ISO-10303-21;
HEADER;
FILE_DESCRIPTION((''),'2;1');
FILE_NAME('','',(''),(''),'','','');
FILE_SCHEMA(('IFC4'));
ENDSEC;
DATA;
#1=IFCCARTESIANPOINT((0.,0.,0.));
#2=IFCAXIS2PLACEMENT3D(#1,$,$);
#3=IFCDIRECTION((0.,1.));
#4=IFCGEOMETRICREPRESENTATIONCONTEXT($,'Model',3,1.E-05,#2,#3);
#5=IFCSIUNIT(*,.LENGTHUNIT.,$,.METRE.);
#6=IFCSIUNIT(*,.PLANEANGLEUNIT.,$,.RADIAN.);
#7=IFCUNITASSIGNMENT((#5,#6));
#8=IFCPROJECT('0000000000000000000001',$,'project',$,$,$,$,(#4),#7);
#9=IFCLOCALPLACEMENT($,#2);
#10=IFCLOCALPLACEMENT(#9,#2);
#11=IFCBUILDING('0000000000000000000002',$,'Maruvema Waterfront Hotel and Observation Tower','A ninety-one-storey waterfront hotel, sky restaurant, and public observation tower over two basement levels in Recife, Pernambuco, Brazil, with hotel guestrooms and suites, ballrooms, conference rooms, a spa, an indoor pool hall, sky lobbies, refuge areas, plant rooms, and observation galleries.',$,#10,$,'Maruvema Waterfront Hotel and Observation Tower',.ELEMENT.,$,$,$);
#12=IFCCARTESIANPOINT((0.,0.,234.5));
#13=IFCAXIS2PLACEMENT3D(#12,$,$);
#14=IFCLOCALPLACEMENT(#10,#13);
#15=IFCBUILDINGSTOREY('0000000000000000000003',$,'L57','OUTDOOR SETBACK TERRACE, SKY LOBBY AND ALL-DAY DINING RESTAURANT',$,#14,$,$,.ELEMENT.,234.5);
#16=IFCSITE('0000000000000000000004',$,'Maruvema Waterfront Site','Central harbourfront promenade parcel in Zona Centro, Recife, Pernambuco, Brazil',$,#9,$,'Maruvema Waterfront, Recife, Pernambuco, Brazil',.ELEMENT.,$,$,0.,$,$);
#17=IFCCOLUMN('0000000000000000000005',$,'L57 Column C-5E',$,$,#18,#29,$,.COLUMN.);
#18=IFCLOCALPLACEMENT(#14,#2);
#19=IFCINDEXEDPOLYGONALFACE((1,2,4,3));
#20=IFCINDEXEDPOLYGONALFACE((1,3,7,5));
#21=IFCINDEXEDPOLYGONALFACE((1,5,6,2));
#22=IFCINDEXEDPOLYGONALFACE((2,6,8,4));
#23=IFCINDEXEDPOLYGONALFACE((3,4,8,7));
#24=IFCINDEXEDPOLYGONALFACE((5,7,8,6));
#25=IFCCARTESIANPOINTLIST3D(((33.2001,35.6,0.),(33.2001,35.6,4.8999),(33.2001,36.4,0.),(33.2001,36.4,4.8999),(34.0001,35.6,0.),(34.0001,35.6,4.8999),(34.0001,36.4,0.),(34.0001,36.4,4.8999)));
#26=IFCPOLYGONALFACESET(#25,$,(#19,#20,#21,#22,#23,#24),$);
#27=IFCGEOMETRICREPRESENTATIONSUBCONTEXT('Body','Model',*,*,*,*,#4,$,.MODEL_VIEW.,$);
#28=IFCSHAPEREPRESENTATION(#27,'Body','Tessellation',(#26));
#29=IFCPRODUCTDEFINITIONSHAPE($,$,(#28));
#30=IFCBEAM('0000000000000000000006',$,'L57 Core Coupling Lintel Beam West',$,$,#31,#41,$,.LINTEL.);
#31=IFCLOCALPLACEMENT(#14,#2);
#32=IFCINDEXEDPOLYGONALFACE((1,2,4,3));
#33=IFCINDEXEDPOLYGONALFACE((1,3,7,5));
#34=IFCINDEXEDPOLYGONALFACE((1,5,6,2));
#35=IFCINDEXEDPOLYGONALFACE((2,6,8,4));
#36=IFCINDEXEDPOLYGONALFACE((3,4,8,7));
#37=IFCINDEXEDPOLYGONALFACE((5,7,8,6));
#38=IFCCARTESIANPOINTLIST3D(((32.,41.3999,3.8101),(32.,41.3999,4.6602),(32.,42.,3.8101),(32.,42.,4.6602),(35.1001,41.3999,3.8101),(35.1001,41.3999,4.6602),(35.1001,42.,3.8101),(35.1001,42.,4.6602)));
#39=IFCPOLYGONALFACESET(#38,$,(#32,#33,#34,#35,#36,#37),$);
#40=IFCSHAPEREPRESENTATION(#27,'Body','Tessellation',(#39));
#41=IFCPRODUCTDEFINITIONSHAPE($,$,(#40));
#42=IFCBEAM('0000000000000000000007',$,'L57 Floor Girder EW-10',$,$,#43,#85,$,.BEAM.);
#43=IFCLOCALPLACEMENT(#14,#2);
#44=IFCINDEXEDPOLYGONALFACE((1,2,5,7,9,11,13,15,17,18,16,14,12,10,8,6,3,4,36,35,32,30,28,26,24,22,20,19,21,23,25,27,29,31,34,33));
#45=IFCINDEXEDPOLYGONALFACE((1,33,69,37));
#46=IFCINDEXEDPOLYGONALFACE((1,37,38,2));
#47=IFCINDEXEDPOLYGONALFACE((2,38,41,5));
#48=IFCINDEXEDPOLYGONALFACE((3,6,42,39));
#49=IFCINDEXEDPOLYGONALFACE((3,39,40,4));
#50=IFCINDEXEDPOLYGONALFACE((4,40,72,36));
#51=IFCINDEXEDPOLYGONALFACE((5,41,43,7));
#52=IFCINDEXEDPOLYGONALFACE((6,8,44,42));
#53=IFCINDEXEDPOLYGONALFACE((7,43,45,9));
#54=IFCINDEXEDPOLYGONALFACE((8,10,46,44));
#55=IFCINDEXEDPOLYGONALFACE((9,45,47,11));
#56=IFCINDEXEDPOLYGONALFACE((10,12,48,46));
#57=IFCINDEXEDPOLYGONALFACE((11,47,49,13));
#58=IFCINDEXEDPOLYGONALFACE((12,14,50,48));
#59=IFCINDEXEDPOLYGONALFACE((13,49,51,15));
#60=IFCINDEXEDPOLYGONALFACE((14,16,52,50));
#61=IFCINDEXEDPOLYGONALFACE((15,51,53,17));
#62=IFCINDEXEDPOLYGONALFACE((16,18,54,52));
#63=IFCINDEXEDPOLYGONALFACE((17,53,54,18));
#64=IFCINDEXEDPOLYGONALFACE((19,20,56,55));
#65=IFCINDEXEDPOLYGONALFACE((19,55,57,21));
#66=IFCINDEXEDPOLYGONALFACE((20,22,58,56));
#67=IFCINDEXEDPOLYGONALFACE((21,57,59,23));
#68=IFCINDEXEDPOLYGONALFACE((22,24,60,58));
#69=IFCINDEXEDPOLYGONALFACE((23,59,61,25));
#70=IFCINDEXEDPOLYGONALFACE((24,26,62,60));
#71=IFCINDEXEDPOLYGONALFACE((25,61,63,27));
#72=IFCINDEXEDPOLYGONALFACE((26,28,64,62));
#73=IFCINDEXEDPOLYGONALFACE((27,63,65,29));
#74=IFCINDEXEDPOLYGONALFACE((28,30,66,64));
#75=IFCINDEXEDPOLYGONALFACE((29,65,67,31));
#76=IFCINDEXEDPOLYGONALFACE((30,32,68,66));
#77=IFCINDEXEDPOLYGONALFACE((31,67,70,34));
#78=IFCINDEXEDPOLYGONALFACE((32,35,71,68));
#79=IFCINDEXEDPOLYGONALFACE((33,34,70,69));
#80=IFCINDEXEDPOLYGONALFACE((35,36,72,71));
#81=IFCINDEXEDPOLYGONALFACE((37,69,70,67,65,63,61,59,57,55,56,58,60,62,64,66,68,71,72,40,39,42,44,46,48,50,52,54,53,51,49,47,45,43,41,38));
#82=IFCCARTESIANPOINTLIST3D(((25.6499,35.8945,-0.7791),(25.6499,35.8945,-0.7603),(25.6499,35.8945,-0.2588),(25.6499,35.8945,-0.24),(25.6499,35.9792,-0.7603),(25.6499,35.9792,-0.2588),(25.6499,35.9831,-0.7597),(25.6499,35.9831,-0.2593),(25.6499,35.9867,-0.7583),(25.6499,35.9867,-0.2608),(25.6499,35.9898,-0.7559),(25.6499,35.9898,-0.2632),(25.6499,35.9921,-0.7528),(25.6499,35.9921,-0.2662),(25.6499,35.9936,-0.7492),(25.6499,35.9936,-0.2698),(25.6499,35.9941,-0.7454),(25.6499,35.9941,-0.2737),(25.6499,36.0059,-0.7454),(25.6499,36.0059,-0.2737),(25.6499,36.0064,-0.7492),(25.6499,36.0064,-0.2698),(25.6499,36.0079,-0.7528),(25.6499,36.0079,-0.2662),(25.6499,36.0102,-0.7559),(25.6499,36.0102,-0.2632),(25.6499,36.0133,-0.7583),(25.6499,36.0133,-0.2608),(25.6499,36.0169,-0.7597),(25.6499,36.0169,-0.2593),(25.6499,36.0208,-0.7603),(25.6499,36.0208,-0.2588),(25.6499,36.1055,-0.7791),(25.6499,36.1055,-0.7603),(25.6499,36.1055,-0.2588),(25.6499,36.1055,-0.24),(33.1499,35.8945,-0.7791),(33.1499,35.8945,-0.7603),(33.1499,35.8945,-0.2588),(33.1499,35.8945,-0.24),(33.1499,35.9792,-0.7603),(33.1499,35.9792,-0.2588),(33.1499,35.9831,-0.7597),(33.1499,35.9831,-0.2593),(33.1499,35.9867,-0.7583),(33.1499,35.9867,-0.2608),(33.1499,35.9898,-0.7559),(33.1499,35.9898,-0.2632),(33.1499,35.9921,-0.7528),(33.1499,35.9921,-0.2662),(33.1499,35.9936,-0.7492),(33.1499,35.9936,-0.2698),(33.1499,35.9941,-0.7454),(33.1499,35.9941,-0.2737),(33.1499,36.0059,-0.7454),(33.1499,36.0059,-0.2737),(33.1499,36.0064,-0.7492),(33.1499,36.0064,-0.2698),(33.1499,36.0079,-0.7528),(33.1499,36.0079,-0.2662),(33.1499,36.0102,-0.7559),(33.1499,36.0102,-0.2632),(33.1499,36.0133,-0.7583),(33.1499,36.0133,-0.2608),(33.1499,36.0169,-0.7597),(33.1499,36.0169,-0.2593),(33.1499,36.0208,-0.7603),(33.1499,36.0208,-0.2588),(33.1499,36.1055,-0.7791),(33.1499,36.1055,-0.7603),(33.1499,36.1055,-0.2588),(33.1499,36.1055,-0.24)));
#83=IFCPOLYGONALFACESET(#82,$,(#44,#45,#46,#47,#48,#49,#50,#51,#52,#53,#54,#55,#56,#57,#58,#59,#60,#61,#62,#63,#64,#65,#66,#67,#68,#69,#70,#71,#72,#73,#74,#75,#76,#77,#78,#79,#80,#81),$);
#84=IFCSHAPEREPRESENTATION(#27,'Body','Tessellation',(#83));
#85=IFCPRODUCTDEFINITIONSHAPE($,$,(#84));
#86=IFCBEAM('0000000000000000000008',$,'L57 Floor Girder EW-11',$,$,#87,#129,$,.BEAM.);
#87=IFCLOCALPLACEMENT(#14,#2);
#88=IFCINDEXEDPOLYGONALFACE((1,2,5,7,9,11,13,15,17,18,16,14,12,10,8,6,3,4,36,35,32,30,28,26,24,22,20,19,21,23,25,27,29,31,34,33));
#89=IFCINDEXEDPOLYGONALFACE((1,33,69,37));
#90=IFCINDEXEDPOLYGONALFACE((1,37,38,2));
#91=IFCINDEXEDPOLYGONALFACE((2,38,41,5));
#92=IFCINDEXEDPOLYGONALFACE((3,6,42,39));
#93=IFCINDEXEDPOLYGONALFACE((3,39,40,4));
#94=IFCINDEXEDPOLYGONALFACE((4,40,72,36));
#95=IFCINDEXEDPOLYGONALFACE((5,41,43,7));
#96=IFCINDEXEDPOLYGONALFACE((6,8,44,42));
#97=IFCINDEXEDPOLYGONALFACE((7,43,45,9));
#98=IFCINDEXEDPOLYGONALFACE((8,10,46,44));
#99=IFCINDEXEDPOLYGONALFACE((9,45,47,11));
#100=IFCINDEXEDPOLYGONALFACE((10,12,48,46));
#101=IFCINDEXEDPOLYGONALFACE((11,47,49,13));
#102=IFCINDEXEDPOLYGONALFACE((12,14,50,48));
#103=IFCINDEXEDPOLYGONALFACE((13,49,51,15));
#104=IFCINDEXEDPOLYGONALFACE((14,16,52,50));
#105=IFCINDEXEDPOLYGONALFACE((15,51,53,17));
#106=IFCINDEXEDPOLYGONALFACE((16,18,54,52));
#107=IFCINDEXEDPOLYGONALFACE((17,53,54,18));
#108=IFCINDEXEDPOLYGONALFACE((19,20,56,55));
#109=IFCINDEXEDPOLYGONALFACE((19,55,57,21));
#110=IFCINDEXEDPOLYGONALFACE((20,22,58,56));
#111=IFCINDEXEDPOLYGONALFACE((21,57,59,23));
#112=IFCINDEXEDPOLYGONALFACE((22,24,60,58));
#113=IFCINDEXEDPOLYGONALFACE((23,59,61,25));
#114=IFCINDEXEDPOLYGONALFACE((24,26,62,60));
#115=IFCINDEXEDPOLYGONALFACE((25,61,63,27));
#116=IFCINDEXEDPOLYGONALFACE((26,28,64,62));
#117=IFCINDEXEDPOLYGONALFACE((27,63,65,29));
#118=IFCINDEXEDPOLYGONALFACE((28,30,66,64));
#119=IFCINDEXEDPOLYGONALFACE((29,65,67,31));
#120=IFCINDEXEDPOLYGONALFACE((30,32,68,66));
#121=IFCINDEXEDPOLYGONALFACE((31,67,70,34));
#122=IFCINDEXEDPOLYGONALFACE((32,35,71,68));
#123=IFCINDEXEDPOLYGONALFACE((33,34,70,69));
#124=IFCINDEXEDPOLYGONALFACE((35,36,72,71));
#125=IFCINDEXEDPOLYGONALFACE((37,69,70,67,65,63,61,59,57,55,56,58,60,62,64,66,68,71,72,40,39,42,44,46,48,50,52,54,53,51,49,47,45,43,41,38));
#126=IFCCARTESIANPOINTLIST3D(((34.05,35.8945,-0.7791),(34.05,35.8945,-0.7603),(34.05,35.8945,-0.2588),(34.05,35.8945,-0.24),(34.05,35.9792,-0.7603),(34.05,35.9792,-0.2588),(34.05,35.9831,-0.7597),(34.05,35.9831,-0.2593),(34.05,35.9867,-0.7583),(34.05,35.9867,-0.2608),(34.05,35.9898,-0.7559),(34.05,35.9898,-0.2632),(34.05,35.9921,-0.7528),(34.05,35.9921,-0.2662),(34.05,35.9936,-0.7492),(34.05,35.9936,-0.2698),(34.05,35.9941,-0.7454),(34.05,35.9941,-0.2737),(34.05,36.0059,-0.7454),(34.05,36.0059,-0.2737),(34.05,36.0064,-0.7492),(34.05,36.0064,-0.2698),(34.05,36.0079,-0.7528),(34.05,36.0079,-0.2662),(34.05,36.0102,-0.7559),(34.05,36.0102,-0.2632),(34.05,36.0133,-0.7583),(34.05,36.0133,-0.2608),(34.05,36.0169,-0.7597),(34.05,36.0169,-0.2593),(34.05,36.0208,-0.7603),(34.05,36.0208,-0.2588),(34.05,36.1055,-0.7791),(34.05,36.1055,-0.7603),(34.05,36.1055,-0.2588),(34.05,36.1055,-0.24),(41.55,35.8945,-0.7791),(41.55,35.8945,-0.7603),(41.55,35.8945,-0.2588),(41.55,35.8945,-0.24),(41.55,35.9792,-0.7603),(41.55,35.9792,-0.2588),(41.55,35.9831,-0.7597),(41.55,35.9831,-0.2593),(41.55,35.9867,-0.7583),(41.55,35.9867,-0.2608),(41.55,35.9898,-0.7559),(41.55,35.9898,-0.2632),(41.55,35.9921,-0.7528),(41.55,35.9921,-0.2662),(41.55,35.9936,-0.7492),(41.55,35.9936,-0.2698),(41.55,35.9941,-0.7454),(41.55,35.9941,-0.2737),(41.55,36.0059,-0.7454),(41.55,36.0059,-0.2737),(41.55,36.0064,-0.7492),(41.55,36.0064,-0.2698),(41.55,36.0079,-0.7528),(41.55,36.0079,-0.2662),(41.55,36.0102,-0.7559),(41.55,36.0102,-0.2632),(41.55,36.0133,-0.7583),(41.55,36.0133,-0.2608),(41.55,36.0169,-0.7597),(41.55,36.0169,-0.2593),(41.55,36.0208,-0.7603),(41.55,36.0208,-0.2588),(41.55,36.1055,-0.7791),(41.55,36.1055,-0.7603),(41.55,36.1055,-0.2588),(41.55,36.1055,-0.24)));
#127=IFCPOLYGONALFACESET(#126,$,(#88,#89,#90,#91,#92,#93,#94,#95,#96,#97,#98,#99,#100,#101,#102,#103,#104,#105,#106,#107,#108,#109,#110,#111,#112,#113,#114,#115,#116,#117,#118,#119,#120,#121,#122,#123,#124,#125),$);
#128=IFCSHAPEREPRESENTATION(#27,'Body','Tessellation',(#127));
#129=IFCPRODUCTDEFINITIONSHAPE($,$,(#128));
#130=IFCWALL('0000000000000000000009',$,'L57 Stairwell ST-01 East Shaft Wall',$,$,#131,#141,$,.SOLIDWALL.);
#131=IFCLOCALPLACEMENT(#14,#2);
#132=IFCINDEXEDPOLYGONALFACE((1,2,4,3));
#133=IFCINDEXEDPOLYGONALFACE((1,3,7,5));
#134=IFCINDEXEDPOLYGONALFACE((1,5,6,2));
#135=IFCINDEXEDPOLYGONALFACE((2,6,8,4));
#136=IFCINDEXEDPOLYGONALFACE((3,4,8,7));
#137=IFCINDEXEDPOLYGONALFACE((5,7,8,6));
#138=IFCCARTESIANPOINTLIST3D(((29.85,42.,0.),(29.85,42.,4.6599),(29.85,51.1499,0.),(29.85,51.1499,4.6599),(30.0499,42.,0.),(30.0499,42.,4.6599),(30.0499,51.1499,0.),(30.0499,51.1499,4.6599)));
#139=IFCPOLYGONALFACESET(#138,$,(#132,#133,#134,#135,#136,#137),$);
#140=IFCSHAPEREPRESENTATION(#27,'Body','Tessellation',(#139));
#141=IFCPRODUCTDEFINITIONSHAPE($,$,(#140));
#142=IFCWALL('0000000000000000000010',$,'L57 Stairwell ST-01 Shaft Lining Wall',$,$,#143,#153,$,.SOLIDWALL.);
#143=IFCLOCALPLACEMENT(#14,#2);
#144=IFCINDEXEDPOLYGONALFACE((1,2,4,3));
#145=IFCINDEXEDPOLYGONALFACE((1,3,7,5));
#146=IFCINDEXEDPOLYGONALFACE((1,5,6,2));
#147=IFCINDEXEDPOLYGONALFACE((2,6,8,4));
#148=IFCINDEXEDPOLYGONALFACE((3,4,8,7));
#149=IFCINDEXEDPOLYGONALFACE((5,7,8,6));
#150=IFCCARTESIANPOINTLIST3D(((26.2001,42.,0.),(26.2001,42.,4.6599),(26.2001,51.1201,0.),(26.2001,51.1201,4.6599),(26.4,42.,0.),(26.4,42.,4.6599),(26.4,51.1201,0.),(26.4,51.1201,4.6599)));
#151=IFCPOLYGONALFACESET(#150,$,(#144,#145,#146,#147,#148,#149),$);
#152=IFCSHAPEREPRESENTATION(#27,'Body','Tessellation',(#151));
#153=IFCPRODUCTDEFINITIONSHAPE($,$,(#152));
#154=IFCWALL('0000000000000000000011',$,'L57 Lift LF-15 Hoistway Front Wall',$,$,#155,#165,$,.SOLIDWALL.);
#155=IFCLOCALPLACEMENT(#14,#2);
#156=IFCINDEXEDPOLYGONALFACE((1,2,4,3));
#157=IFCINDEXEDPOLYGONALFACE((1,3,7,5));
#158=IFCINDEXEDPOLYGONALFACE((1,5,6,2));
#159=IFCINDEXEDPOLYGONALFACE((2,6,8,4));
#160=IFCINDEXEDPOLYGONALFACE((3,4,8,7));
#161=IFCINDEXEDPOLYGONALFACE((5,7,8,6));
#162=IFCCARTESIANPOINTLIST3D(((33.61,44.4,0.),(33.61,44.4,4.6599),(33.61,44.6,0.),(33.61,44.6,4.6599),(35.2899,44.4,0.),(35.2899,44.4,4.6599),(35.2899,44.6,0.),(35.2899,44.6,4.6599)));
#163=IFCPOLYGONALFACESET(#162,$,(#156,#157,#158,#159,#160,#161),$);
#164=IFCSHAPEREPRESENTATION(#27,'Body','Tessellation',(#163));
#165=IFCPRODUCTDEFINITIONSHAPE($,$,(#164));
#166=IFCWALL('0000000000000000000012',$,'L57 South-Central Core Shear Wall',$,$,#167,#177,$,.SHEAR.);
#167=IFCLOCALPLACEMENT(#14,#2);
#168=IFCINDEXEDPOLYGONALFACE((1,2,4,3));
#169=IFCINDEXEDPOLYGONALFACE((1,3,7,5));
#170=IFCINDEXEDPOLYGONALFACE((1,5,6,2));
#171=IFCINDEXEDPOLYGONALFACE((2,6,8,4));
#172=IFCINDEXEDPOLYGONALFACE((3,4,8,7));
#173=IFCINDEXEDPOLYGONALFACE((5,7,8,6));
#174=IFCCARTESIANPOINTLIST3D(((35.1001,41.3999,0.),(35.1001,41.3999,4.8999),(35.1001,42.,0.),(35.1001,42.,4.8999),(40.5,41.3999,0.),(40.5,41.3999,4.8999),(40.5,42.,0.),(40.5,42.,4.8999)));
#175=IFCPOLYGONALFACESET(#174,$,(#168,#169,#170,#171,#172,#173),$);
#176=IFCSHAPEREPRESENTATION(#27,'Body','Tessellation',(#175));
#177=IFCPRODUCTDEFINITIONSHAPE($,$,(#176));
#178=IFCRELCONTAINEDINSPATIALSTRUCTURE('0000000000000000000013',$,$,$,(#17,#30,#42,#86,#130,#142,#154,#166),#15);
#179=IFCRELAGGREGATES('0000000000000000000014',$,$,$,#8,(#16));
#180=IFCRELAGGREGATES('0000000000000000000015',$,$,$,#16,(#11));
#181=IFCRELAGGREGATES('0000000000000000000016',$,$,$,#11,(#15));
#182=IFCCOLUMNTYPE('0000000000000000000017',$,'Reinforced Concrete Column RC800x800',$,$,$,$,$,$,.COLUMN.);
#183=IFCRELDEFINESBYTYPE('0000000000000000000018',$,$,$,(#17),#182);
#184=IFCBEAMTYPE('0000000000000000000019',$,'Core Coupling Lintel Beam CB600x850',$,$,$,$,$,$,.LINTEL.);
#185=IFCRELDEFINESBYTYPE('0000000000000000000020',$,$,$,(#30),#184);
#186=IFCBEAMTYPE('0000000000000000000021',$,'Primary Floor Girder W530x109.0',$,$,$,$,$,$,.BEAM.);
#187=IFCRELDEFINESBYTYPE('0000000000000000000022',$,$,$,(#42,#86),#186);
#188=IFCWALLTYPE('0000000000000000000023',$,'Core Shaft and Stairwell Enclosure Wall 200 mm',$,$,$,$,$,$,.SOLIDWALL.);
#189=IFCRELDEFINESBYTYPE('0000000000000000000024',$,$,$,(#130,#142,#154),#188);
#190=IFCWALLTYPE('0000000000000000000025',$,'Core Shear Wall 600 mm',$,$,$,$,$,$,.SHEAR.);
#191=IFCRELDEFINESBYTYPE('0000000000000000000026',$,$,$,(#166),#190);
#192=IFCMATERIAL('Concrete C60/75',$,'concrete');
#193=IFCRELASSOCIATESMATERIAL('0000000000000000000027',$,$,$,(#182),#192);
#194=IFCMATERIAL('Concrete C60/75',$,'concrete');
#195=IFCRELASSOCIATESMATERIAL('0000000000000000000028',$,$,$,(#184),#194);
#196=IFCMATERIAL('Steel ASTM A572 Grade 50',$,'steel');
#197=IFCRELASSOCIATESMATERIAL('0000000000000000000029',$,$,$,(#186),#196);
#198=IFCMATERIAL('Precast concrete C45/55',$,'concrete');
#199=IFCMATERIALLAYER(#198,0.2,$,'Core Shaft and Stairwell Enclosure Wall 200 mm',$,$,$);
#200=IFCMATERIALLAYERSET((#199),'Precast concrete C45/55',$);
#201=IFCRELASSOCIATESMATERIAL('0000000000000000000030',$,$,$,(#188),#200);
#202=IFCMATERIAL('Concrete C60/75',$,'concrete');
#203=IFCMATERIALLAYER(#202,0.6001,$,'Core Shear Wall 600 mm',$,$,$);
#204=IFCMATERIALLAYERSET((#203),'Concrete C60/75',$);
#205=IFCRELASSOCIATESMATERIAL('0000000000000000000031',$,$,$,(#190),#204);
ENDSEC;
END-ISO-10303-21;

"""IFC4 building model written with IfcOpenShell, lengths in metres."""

from ifc_helpers import new_model, si_unit, direction, frame, frame_2d, origin, origin_2d, place, context, subcontext, project, spatial, rectangle, i_section, extrude, material, layer, layer_set, material_profile, profile_set, type_object, element, save


model = new_model("IFC4")

# Units and contexts
model_context = context("Model", 3, precision=1e-05, world=origin(), true_north=direction((0.0, 1.0)))
body_context = subcontext(model_context, "Body", "Model", "MODEL_VIEW")
ifc_project = project(units=[si_unit("LENGTHUNIT", "METRE"), si_unit("PLANEANGLEUNIT", "RADIAN")], contexts=[model_context])

# Site, building, storey
site_placement = place(None, origin())
site = spatial("IfcSite", under=ifc_project, at=site_placement, Name="Maruvema Waterfront Site", Description="Central harbourfront promenade parcel in Zona Centro, Recife, Pernambuco, Brazil", LongName="Maruvema Waterfront, Recife, Pernambuco, Brazil", CompositionType="ELEMENT", RefElevation=0.0)
building_placement = place(site_placement, origin())
building = spatial("IfcBuilding", under=site, at=building_placement, Name="Maruvema Waterfront Hotel and Observation Tower", Description="A ninety-one-storey waterfront hotel, sky restaurant, and public observation tower over two basement levels in Recife, Pernambuco, Brazil, with hotel guestrooms and suites, ballrooms, conference rooms, a spa, an indoor pool hall, sky lobbies, refuge areas, plant rooms, and observation galleries.", LongName="Maruvema Waterfront Hotel and Observation Tower", CompositionType="ELEMENT")
storey_placement = place(building_placement, frame((0.0, 0.0, 234.5)))
storey = spatial("IfcBuildingStorey", under=building, at=storey_placement, Name="L57", Description="OUTDOOR SETBACK TERRACE, SKY LOBBY AND ALL-DAY DINING RESTAURANT", CompositionType="ELEMENT", Elevation=234.5)

# Column
ifc_material_1 = material(Name="Concrete C60/75", Category="concrete")
ifc_material_profile_1 = material_profile(ifc_material_1, rectangle(XDim=0.8, YDim=0.8, at=origin_2d()), Name="RC800x800")
ifc_profile_set_1 = profile_set([ifc_material_profile_1], Name="Concrete C60/75")
column_type = type_object("IfcColumnType", Name="Reinforced Concrete Column RC800x800", PredefinedType="COLUMN", material=ifc_profile_set_1)
column_placement = place(storey_placement, frame((33.6001, 36.0, 0.0), z_axis=(0.0, 0.0, 1.0), x_axis=(1.0, 0.0, 0.0)))
element("IfcColumn", 1, at=column_placement, inside=storey, type_object=column_type, Name="L57 Column C-5E", PredefinedType="COLUMN", context=body_context, shape_type="SweptSolid", body=[
    extrude(rectangle(XDim=0.8, YDim=0.8, at=origin_2d()), origin(), (0.0, 0.0, 1.0), 4.8999),
])

# Beams
ifc_material_2 = material(Name="Concrete C60/75", Category="concrete")
ifc_material_profile_2 = material_profile(ifc_material_2, rectangle(XDim=0.6001, YDim=0.8501, at=origin_2d()), Name="CB600x850")
ifc_profile_set_2 = profile_set([ifc_material_profile_2], Name="Concrete C60/75")
beam_type_1 = type_object("IfcBeamType", Name="Core Coupling Lintel Beam CB600x850", PredefinedType="LINTEL", material=ifc_profile_set_2)
beam_placement = place(storey_placement, frame((32.0, 41.7, 4.2351), z_axis=(1.0, 0.0, 0.0), x_axis=(0.0, 1.0, 0.0)))
element("IfcBeam", 2, at=beam_placement, inside=storey, type_object=beam_type_1, Name="L57 Core Coupling Lintel Beam West", PredefinedType="LINTEL", context=body_context, shape_type="SweptSolid", body=[
    extrude(rectangle(XDim=0.6001, YDim=0.8501, at=origin_2d()), origin(), (0.0, 0.0, 1.0), 3.1001),
])
ifc_material_3 = material(Name="Steel ASTM A572 Grade 50", Category="steel")
ifc_material_profile_3 = material_profile(ifc_material_3, i_section(OverallWidth=0.2109, OverallDepth=0.5391, WebThickness=0.0117, FlangeThickness=0.0188, FilletRadius=0.0149, at=origin_2d()), Name="W530x109.0")
ifc_profile_set_3 = profile_set([ifc_material_profile_3], Name="Steel ASTM A572 Grade 50")
beam_type_2 = type_object("IfcBeamType", Name="Primary Floor Girder W530x109.0", PredefinedType="BEAM", material=ifc_profile_set_3)
for number, where, z_axis, x_axis, name in (
    (3, (25.6499, 36.0, -0.5095), (1.0, 0.0, 0.0), (0.0, 1.0, 0.0), "L57 Floor Girder EW-10"),
    (4, (34.05, 36.0, -0.5095), (1.0, 0.0, 0.0), (0.0, 1.0, 0.0), "L57 Floor Girder EW-11"),
):
    element("IfcBeam", number, at=place(storey_placement, frame(where, z_axis=z_axis, x_axis=x_axis)), inside=storey, type_object=beam_type_2, Name=name, PredefinedType="BEAM", context=body_context, shape_type="SweptSolid", body=[
        extrude(i_section(OverallWidth=0.2109, OverallDepth=0.5391, WebThickness=0.0117, FlangeThickness=0.0188, FilletRadius=0.0149, at=origin_2d()), origin(), (0.0, 0.0, 1.0), 7.5),
    ])

# Walls
ifc_material_4 = material(Name="Precast concrete C45/55", Category="concrete")
ifc_layer_1 = layer(ifc_material_4, 0.2, Name="Core Shaft and Stairwell Enclosure Wall 200 mm")
ifc_layer_set_1 = layer_set([ifc_layer_1], Name="Precast concrete C45/55")
wall_type_1 = type_object("IfcWallType", Name="Core Shaft and Stairwell Enclosure Wall 200 mm", PredefinedType="SOLIDWALL", material=ifc_layer_set_1)
wall_1_placement = place(storey_placement, frame((29.95, 42.0, 0.0), z_axis=(0.0, 0.0, 1.0), x_axis=(0.0, 1.0, 0.0)))
element("IfcWall", 5, at=wall_1_placement, inside=storey, type_object=wall_type_1, Name="L57 Stairwell ST-01 East Shaft Wall", PredefinedType="SOLIDWALL", context=body_context, shape_type="SweptSolid", body=[
    extrude(rectangle(XDim=9.1499, YDim=0.2, at=frame_2d((4.575, 0.0))), origin(), (0.0, 0.0, 1.0), 4.6599),
])
wall_2_placement = place(storey_placement, frame((26.3, 42.0, 0.0), z_axis=(0.0, 0.0, 1.0), x_axis=(0.0, 1.0, 0.0)))
element("IfcWall", 6, at=wall_2_placement, inside=storey, type_object=wall_type_1, Name="L57 Stairwell ST-01 Shaft Lining Wall", PredefinedType="SOLIDWALL", context=body_context, shape_type="SweptSolid", body=[
    extrude(rectangle(XDim=9.1201, YDim=0.2, at=frame_2d((4.5601, 0.0))), origin(), (0.0, 0.0, 1.0), 4.6599),
])
wall_3_placement = place(storey_placement, frame((33.6101, 44.5, 0.0), z_axis=(0.0, 0.0, 1.0), x_axis=(1.0, 0.0, 0.0)))
element("IfcWall", 7, at=wall_3_placement, inside=storey, type_object=wall_type_1, Name="L57 Lift LF-15 Hoistway Front Wall", PredefinedType="SOLIDWALL", context=body_context, shape_type="SweptSolid", body=[
    extrude(rectangle(XDim=1.6799, YDim=0.2, at=frame_2d((0.8398, 0.0))), origin(), (0.0, 0.0, 1.0), 4.6599),
])
ifc_material_5 = material(Name="Concrete C60/75", Category="concrete")
ifc_layer_2 = layer(ifc_material_5, 0.6001, Name="Core Shear Wall 600 mm")
ifc_layer_set_2 = layer_set([ifc_layer_2], Name="Concrete C60/75")
wall_type_2 = type_object("IfcWallType", Name="Core Shear Wall 600 mm", PredefinedType="SHEAR", material=ifc_layer_set_2)
wall_4_placement = place(storey_placement, frame((35.1001, 41.7, 0.0), z_axis=(0.0, 0.0, 1.0), x_axis=(1.0, 0.0, 0.0)))
element("IfcWall", 8, at=wall_4_placement, inside=storey, type_object=wall_type_2, Name="L57 South-Central Core Shear Wall", PredefinedType="SHEAR", context=body_context, shape_type="SweptSolid", body=[
    extrude(rectangle(XDim=5.3999, YDim=0.6001, at=frame_2d((2.7, 0.0))), origin(), (0.0, 0.0, 1.0), 4.8999),
])

save(model, "model.ifc")
